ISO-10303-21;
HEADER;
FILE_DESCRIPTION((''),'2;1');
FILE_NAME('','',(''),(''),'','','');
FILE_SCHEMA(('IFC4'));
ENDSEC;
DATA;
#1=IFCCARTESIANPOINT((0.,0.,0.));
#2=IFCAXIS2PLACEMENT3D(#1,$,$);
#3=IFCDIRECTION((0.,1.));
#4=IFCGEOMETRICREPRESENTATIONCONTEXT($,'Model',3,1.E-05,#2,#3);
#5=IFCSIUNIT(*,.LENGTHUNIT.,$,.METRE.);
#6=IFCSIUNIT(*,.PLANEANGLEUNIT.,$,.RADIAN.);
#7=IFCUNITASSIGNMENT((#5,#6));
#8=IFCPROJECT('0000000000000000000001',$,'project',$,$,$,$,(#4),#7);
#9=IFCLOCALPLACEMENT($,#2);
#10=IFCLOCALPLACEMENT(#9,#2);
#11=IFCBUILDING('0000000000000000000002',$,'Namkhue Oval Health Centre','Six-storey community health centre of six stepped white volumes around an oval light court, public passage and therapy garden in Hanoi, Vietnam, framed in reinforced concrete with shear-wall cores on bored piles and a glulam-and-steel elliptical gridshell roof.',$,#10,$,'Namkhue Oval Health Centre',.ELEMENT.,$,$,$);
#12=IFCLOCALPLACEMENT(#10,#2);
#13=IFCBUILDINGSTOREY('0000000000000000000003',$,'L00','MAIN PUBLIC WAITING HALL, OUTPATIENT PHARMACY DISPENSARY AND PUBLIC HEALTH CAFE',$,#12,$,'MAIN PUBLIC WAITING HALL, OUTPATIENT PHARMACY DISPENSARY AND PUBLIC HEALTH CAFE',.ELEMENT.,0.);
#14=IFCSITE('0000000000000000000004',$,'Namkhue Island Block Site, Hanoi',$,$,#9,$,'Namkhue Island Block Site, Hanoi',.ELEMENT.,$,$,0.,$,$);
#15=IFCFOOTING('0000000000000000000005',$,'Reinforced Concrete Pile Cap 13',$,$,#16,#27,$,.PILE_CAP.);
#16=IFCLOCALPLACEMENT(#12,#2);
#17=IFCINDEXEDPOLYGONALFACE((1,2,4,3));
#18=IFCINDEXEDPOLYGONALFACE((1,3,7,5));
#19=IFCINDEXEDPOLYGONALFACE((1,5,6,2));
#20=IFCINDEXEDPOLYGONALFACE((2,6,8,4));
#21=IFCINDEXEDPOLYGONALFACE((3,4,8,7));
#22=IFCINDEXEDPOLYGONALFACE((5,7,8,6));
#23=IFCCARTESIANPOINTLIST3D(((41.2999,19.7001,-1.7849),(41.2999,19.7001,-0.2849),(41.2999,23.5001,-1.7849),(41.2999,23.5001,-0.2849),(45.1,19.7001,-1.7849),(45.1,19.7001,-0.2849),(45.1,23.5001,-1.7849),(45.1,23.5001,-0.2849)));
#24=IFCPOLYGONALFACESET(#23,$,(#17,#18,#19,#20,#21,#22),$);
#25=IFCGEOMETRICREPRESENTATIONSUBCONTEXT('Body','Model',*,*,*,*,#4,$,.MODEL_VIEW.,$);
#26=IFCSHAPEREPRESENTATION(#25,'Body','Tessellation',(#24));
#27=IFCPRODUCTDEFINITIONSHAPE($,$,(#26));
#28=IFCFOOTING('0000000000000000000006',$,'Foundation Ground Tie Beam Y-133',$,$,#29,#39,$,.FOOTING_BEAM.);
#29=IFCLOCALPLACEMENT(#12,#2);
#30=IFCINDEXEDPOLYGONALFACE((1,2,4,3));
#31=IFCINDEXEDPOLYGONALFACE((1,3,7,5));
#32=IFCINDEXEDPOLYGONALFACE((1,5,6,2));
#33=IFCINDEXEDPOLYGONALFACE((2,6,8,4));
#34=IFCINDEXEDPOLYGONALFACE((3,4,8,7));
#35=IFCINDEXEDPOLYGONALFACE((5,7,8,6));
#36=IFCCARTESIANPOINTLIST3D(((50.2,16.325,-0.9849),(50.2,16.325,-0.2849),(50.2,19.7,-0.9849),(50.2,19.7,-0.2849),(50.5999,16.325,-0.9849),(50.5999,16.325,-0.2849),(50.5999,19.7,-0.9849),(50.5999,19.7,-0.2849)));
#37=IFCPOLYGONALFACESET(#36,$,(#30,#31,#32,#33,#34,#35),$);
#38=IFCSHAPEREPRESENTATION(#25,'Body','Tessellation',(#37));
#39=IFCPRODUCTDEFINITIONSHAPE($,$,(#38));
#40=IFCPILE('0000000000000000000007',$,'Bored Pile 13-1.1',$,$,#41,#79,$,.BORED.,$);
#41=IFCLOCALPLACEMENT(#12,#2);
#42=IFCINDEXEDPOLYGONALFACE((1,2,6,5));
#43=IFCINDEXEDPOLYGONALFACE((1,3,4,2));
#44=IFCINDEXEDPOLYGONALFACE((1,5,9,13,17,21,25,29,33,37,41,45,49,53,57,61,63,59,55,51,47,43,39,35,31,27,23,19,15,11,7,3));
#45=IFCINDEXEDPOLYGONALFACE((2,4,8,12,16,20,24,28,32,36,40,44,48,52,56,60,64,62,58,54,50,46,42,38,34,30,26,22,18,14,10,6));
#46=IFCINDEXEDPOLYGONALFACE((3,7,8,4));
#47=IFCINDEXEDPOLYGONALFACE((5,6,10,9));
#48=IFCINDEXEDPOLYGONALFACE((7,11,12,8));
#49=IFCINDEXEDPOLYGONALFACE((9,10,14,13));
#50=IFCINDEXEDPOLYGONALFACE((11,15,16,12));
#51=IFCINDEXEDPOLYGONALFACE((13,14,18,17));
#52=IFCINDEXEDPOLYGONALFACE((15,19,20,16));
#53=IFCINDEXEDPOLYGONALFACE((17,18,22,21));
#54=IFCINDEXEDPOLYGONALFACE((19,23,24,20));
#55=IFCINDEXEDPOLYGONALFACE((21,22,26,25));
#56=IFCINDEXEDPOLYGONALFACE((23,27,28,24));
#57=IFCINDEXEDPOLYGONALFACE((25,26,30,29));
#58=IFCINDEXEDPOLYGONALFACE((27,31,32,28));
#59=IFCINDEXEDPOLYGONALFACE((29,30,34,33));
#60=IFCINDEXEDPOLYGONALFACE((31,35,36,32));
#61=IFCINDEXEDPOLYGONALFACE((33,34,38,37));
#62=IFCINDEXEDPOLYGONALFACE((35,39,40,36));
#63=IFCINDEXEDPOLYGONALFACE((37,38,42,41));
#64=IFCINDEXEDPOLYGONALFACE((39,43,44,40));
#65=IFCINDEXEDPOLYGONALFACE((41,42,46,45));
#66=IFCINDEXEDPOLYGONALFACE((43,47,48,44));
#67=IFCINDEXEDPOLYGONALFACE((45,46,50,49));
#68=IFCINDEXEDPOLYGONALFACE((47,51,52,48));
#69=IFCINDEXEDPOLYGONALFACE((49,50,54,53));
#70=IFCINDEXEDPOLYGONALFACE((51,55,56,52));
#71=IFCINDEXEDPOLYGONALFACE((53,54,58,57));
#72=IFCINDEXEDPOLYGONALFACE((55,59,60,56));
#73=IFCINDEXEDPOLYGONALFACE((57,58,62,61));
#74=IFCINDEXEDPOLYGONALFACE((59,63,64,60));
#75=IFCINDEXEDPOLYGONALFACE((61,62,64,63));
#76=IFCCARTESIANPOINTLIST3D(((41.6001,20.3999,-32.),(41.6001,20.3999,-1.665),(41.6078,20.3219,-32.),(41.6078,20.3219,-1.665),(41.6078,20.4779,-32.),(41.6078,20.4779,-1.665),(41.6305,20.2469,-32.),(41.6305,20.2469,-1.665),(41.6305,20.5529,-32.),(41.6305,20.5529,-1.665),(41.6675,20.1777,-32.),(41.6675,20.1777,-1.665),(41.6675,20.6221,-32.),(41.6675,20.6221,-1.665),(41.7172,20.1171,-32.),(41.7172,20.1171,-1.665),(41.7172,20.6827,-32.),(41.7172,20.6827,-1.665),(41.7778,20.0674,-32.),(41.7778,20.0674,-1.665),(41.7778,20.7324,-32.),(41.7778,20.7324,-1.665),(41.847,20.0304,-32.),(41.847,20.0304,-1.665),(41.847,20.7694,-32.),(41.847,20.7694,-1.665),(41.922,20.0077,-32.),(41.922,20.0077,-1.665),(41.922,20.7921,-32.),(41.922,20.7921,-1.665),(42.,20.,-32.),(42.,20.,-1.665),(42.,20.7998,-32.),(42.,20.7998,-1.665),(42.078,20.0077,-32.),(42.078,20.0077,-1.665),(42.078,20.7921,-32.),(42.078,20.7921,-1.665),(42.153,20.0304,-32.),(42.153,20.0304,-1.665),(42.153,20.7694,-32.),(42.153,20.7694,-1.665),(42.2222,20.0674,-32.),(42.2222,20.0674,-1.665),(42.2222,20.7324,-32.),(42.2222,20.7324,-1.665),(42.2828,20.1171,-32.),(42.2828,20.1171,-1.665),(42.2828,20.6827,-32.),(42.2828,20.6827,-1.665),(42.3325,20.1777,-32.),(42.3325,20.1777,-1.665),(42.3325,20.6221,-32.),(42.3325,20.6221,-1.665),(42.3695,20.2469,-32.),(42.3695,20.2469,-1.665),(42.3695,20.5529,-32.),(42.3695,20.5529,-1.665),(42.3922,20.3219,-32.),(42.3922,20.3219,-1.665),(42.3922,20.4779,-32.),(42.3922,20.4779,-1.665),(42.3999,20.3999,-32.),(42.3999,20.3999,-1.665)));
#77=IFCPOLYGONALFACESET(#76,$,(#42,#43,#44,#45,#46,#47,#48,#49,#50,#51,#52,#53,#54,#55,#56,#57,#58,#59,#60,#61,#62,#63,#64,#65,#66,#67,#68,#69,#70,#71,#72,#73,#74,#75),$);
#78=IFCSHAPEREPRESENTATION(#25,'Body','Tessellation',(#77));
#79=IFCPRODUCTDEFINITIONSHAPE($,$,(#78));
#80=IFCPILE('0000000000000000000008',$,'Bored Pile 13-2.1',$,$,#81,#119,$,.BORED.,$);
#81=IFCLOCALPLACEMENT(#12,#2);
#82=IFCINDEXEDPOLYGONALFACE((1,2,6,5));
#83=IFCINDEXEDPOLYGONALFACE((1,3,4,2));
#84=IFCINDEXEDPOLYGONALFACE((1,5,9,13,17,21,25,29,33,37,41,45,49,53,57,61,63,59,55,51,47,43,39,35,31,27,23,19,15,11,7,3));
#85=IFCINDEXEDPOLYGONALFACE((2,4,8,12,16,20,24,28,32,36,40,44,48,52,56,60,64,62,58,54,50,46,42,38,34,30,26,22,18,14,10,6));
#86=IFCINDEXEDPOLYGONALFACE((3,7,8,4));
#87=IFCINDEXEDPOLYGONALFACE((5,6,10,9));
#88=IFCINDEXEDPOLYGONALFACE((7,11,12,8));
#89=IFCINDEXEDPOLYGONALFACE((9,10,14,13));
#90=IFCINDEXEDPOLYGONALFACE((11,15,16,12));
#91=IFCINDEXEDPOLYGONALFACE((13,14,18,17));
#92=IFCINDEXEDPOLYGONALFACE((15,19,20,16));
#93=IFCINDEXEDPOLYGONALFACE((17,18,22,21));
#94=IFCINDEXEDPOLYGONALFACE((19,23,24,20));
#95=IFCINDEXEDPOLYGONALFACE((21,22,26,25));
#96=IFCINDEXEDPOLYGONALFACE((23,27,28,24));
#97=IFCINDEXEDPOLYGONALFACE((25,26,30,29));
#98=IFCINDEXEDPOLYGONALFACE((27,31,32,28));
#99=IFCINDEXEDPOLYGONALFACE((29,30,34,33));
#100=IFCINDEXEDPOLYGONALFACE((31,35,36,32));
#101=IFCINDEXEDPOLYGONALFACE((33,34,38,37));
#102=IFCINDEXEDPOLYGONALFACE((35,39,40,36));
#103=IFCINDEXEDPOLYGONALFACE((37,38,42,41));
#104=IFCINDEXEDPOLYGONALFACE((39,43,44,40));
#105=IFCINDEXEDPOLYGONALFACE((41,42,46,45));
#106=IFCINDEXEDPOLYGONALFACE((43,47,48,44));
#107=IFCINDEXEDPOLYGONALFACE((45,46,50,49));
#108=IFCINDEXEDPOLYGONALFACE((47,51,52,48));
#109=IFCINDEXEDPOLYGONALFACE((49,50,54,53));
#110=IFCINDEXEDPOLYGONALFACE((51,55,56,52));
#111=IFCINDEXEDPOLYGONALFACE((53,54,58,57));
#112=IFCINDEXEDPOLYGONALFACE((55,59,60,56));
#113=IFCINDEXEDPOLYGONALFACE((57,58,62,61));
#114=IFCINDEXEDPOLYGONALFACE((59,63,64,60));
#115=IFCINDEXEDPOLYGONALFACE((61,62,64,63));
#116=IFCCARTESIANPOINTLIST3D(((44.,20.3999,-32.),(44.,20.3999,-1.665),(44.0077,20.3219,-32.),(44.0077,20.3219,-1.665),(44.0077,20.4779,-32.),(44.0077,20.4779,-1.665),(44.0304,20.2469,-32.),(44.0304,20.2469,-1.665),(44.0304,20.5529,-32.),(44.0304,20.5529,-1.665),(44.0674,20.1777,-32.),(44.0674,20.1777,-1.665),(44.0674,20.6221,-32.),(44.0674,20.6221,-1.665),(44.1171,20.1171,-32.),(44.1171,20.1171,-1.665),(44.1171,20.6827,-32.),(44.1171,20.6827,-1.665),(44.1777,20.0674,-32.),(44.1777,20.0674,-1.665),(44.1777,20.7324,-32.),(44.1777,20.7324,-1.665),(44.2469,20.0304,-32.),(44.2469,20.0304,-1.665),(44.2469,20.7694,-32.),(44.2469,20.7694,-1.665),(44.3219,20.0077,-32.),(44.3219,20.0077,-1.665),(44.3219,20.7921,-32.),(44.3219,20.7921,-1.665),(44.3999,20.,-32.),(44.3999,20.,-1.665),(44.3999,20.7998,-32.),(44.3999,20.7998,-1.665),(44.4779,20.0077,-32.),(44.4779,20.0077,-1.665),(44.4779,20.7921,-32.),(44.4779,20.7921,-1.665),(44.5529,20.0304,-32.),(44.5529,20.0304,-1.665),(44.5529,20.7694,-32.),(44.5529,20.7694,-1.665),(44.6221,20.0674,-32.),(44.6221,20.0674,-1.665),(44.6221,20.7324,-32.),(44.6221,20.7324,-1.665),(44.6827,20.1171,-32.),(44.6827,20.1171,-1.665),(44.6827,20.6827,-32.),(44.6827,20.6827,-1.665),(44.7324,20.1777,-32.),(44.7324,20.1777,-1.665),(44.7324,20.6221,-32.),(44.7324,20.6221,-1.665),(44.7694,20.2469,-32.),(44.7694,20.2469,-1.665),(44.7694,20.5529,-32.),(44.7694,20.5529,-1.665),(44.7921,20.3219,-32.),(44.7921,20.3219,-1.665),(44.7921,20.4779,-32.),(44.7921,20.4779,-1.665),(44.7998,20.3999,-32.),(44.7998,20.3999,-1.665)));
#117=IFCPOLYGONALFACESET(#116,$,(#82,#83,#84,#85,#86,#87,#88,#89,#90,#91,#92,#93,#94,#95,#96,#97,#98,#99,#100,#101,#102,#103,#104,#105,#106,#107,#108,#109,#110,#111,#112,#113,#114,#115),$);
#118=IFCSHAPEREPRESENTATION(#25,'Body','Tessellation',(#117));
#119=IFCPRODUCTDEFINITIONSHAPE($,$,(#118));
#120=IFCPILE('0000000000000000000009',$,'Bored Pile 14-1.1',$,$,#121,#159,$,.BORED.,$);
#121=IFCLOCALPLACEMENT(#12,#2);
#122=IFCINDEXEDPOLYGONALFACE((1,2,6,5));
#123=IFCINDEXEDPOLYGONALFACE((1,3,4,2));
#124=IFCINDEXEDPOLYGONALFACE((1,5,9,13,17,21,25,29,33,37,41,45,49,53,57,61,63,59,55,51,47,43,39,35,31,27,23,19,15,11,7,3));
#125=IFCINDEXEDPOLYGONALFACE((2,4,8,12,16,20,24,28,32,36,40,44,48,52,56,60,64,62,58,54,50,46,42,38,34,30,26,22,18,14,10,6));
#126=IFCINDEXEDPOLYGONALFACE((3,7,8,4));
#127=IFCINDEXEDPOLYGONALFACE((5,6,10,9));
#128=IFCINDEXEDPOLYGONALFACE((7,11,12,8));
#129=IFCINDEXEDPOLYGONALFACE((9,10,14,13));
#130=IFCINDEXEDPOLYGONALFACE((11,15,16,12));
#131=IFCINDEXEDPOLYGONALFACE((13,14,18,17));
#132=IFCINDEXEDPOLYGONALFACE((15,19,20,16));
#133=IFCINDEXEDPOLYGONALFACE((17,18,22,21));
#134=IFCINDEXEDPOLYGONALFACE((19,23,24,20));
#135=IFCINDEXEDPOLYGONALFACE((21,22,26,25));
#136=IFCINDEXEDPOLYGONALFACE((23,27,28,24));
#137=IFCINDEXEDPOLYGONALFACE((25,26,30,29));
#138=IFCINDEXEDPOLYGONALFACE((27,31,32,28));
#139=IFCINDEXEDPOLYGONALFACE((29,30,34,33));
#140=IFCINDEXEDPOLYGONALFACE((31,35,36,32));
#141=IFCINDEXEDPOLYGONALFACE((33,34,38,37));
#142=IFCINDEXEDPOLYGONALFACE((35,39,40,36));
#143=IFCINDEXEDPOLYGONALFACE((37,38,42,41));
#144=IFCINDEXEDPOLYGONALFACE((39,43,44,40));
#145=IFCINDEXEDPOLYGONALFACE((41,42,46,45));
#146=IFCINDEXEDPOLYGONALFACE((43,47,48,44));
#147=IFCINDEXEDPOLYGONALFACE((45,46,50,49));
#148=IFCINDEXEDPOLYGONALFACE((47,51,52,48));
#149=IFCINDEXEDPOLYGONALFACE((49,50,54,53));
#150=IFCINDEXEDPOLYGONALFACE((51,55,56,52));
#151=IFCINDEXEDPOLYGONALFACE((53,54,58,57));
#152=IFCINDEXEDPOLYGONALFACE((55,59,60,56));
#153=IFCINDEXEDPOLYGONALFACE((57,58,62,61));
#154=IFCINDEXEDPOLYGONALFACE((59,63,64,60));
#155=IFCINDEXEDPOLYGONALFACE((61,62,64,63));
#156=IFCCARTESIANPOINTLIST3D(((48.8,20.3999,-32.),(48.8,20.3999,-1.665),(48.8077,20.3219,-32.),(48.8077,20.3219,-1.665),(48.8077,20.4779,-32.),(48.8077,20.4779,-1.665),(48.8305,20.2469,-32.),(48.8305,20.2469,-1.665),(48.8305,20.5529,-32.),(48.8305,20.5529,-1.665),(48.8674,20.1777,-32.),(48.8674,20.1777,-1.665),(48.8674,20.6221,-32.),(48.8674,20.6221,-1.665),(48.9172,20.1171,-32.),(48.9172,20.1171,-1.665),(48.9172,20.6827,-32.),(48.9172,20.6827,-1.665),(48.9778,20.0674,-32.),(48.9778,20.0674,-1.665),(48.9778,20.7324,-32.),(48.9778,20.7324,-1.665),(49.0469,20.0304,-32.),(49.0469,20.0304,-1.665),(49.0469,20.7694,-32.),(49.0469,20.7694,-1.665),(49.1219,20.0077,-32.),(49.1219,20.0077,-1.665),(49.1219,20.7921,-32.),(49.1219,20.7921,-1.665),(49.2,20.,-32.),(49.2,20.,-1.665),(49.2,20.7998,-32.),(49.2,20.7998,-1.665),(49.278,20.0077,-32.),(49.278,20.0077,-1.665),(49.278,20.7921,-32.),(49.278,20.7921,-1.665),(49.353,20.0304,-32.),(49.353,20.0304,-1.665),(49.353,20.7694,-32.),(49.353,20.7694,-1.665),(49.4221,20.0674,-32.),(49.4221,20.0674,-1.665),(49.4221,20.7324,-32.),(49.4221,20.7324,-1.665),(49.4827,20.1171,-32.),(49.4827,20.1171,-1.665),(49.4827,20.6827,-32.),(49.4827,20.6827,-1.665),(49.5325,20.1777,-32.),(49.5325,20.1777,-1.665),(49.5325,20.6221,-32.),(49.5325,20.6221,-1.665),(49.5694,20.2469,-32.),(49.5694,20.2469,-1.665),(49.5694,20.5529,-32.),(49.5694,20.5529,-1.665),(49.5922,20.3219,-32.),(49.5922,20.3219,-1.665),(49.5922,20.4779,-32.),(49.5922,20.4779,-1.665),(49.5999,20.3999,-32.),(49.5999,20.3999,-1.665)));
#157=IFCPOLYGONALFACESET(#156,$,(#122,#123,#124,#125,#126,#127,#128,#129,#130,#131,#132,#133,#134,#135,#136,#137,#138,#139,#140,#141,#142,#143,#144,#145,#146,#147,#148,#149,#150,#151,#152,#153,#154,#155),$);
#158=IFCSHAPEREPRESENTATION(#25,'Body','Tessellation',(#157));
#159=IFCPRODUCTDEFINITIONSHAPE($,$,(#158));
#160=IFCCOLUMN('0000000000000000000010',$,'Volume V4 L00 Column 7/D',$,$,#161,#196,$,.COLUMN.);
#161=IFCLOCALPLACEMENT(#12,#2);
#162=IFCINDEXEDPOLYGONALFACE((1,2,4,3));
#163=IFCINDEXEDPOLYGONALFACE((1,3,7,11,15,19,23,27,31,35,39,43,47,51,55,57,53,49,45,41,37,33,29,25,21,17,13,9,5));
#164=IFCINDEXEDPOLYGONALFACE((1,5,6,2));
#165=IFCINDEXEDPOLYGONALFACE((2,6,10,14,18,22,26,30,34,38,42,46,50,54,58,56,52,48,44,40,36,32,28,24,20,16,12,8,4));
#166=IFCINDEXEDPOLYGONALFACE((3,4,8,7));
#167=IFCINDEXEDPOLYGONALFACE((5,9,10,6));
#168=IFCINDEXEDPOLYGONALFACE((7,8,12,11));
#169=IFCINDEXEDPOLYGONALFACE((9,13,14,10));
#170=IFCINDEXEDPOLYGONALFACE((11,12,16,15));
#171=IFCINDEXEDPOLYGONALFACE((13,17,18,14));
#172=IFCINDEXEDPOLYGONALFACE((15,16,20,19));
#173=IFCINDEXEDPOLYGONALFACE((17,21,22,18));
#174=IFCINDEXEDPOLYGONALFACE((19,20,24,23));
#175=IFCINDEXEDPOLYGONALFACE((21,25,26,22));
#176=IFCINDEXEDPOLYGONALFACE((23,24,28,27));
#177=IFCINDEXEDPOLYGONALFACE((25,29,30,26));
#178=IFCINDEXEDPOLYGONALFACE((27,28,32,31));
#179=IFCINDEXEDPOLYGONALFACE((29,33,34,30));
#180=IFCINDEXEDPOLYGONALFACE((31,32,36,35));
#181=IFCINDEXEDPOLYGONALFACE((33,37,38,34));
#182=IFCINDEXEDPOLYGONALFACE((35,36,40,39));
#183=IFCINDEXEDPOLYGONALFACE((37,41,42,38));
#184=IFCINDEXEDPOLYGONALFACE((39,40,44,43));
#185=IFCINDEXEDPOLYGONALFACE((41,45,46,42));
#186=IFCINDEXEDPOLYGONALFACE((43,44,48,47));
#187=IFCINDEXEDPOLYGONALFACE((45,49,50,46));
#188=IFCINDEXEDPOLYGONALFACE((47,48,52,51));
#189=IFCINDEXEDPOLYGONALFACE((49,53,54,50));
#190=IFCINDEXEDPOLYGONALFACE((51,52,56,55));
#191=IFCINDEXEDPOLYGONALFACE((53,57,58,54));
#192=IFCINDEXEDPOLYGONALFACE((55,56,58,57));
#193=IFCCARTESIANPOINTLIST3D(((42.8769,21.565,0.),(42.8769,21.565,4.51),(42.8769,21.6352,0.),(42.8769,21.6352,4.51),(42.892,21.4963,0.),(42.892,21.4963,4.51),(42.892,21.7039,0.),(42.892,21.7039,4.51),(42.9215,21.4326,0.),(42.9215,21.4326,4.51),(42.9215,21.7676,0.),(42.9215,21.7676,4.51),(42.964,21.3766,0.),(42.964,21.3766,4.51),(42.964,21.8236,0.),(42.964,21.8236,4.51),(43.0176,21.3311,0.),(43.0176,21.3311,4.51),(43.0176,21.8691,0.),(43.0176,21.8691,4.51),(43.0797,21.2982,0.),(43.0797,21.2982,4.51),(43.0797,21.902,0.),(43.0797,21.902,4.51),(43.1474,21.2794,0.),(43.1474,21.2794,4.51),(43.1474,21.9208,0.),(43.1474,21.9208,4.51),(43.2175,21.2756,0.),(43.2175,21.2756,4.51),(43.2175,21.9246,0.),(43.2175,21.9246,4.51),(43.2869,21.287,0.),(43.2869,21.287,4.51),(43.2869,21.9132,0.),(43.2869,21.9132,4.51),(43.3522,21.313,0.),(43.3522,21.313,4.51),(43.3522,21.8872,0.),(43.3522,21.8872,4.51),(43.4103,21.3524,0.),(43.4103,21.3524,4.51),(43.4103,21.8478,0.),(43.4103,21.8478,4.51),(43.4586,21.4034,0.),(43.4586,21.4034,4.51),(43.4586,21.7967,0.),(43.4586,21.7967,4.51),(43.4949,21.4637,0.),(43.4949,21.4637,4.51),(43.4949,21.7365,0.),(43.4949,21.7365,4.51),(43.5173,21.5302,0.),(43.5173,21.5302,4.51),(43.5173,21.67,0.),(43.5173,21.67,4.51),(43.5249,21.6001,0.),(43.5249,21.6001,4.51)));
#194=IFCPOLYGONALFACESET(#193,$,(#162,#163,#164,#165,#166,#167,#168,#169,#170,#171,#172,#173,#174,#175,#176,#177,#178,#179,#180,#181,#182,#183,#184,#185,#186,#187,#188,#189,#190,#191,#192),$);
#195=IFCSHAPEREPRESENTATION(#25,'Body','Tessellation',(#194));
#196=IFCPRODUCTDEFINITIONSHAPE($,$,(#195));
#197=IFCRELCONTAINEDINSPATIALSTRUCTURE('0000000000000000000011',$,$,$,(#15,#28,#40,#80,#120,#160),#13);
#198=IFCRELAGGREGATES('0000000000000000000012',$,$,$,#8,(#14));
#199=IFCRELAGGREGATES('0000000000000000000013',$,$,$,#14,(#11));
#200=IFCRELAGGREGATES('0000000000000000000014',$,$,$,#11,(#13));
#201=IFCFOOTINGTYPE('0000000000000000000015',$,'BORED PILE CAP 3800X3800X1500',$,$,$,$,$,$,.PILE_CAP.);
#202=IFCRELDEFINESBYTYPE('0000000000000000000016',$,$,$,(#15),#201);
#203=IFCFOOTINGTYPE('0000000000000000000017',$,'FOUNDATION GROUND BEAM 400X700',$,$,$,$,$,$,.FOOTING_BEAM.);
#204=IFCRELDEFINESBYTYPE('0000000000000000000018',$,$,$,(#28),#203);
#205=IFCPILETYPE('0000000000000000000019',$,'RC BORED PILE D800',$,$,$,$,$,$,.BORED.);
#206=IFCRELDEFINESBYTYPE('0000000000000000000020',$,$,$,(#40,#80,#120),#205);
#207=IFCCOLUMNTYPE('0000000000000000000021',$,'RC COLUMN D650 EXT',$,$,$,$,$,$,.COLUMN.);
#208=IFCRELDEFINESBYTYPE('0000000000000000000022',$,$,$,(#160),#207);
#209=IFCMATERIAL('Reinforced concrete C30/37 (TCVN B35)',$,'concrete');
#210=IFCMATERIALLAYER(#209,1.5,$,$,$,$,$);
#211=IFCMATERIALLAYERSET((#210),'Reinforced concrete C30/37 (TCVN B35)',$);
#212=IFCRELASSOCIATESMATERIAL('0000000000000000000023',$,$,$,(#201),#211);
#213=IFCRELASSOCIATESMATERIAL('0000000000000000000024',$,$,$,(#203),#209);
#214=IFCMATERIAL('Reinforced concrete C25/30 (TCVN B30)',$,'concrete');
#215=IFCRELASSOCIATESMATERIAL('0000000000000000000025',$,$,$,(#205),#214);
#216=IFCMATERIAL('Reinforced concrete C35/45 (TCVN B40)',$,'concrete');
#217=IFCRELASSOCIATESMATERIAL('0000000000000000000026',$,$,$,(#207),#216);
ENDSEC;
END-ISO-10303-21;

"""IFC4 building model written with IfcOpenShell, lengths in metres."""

from ifc_helpers import new_model, si_unit, direction, frame, origin, origin_2d, place, context, subcontext, project, spatial, rectangle, circle, extrude, material, layer, layer_set, material_profile, profile_set, type_object, element, save


model = new_model("IFC4")

# Units and contexts
model_context = context("Model", 3, precision=1e-05, world=origin(), true_north=direction((0.0, 1.0)))
body_context = subcontext(model_context, "Body", "Model", "MODEL_VIEW")
ifc_project = project(units=[si_unit("LENGTHUNIT", "METRE"), si_unit("PLANEANGLEUNIT", "RADIAN")], contexts=[model_context])

# Site, building, storey
site_placement = place(None, origin())
site = spatial("IfcSite", under=ifc_project, at=site_placement, Name="Namkhue Island Block Site, Hanoi", LongName="Namkhue Island Block Site, Hanoi", CompositionType="ELEMENT", RefElevation=0.0)
building_placement = place(site_placement, origin())
building = spatial("IfcBuilding", under=site, at=building_placement, Name="Namkhue Oval Health Centre", Description="Six-storey community health centre of six stepped white volumes around an oval light court, public passage and therapy garden in Hanoi, Vietnam, framed in reinforced concrete with shear-wall cores on bored piles and a glulam-and-steel elliptical gridshell roof.", LongName="Namkhue Oval Health Centre", CompositionType="ELEMENT")
storey_placement = place(building_placement, origin())
storey = spatial("IfcBuildingStorey", under=building, at=storey_placement, Name="L00", Description="MAIN PUBLIC WAITING HALL, OUTPATIENT PHARMACY DISPENSARY AND PUBLIC HEALTH CAFE", LongName="MAIN PUBLIC WAITING HALL, OUTPATIENT PHARMACY DISPENSARY AND PUBLIC HEALTH CAFE", CompositionType="ELEMENT", Elevation=0.0)

# Footings
ifc_material_1 = material(Name="Reinforced concrete C30/37 (TCVN B35)", Category="concrete")
ifc_layer_1 = layer(ifc_material_1, 1.5)
ifc_layer_set_1 = layer_set([ifc_layer_1], Name="Reinforced concrete C30/37 (TCVN B35)")
footing_type_1 = type_object("IfcFootingType", Name="BORED PILE CAP 3800X3800X1500", PredefinedType="PILE_CAP", material=ifc_layer_set_1)
footing_1_placement = place(storey_placement, frame((43.2, 21.6001, -1.7849), z_axis=(0.0, 0.0, 1.0), x_axis=(1.0, 0.0, 0.0)))
element("IfcFooting", 1, at=footing_1_placement, inside=storey, type_object=footing_type_1, Name="Reinforced Concrete Pile Cap 13", PredefinedType="PILE_CAP", context=body_context, shape_type="SweptSolid", body=[
    extrude(rectangle(XDim=3.8, YDim=3.8, at=origin_2d()), origin(), (0.0, 0.0, 1.0), 1.5),
])
footing_type_2 = type_object("IfcFootingType", Name="FOUNDATION GROUND BEAM 400X700", PredefinedType="FOOTING_BEAM", material=ifc_material_1)
footing_2_placement = place(storey_placement, frame((50.3999, 18.0125, -0.9849), z_axis=(0.0, 0.0, 1.0), x_axis=(0.0, 1.0, 0.0)))
element("IfcFooting", 2, at=footing_2_placement, inside=storey, type_object=footing_type_2, Name="Foundation Ground Tie Beam Y-133", PredefinedType="FOOTING_BEAM", context=body_context, shape_type="SweptSolid", body=[
    extrude(rectangle(XDim=3.375, YDim=0.3999, at=origin_2d()), origin(), (0.0, 0.0, 1.0), 0.7),
])

# Piles
ifc_material_2 = material(Name="Reinforced concrete C25/30 (TCVN B30)", Category="concrete")
ifc_material_profile_1 = material_profile(ifc_material_2, circle(Radius=0.3999, at=origin_2d()), Name="BORED PILE D800")
ifc_profile_set_1 = profile_set([ifc_material_profile_1], Name="Reinforced concrete C25/30 (TCVN B30)")
pile_type = type_object("IfcPileType", Name="RC BORED PILE D800", PredefinedType="BORED", material=ifc_profile_set_1)
for number, where, z_axis, x_axis, name in (
    (3, (42.0, 20.3999, -1.665), (0.0, 0.0, -1.0), (1.0, 0.0, 0.0), "Bored Pile 13-1.1"),
    (4, (44.3999, 20.3999, -1.665), (0.0, 0.0, -1.0), (1.0, 0.0, 0.0), "Bored Pile 13-2.1"),
    (5, (49.2, 20.3999, -1.665), (0.0, 0.0, -1.0), (1.0, 0.0, 0.0), "Bored Pile 14-1.1"),
):
    element("IfcPile", number, at=place(storey_placement, frame(where, z_axis=z_axis, x_axis=x_axis)), inside=storey, type_object=pile_type, Name=name, PredefinedType="BORED", context=body_context, shape_type="SweptSolid", body=[
        extrude(circle(Radius=0.3999, at=origin_2d()), origin(), (0.0, 0.0, 1.0), 30.335),
    ])

# Column
ifc_material_3 = material(Name="Reinforced concrete C35/45 (TCVN B40)", Category="concrete")
ifc_material_profile_2 = material_profile(ifc_material_3, circle(Radius=0.325, at=origin_2d()), Name="RC D650")
ifc_profile_set_2 = profile_set([ifc_material_profile_2], Name="Reinforced concrete C35/45 (TCVN B40)")
column_type = type_object("IfcColumnType", Name="RC COLUMN D650 EXT", PredefinedType="COLUMN", material=ifc_profile_set_2)
column_placement = place(storey_placement, frame((43.2, 21.6001, 0.0), z_axis=(0.0, 0.0, 1.0), x_axis=(1.0, 0.0, 0.0)))
element("IfcColumn", 6, at=column_placement, inside=storey, type_object=column_type, Name="Volume V4 L00 Column 7/D", PredefinedType="COLUMN", context=body_context, shape_type="SweptSolid", body=[
    extrude(circle(Radius=0.325, at=origin_2d()), origin(), (0.0, 0.0, 1.0), 4.51),
])

save(model, "model.ifc")
